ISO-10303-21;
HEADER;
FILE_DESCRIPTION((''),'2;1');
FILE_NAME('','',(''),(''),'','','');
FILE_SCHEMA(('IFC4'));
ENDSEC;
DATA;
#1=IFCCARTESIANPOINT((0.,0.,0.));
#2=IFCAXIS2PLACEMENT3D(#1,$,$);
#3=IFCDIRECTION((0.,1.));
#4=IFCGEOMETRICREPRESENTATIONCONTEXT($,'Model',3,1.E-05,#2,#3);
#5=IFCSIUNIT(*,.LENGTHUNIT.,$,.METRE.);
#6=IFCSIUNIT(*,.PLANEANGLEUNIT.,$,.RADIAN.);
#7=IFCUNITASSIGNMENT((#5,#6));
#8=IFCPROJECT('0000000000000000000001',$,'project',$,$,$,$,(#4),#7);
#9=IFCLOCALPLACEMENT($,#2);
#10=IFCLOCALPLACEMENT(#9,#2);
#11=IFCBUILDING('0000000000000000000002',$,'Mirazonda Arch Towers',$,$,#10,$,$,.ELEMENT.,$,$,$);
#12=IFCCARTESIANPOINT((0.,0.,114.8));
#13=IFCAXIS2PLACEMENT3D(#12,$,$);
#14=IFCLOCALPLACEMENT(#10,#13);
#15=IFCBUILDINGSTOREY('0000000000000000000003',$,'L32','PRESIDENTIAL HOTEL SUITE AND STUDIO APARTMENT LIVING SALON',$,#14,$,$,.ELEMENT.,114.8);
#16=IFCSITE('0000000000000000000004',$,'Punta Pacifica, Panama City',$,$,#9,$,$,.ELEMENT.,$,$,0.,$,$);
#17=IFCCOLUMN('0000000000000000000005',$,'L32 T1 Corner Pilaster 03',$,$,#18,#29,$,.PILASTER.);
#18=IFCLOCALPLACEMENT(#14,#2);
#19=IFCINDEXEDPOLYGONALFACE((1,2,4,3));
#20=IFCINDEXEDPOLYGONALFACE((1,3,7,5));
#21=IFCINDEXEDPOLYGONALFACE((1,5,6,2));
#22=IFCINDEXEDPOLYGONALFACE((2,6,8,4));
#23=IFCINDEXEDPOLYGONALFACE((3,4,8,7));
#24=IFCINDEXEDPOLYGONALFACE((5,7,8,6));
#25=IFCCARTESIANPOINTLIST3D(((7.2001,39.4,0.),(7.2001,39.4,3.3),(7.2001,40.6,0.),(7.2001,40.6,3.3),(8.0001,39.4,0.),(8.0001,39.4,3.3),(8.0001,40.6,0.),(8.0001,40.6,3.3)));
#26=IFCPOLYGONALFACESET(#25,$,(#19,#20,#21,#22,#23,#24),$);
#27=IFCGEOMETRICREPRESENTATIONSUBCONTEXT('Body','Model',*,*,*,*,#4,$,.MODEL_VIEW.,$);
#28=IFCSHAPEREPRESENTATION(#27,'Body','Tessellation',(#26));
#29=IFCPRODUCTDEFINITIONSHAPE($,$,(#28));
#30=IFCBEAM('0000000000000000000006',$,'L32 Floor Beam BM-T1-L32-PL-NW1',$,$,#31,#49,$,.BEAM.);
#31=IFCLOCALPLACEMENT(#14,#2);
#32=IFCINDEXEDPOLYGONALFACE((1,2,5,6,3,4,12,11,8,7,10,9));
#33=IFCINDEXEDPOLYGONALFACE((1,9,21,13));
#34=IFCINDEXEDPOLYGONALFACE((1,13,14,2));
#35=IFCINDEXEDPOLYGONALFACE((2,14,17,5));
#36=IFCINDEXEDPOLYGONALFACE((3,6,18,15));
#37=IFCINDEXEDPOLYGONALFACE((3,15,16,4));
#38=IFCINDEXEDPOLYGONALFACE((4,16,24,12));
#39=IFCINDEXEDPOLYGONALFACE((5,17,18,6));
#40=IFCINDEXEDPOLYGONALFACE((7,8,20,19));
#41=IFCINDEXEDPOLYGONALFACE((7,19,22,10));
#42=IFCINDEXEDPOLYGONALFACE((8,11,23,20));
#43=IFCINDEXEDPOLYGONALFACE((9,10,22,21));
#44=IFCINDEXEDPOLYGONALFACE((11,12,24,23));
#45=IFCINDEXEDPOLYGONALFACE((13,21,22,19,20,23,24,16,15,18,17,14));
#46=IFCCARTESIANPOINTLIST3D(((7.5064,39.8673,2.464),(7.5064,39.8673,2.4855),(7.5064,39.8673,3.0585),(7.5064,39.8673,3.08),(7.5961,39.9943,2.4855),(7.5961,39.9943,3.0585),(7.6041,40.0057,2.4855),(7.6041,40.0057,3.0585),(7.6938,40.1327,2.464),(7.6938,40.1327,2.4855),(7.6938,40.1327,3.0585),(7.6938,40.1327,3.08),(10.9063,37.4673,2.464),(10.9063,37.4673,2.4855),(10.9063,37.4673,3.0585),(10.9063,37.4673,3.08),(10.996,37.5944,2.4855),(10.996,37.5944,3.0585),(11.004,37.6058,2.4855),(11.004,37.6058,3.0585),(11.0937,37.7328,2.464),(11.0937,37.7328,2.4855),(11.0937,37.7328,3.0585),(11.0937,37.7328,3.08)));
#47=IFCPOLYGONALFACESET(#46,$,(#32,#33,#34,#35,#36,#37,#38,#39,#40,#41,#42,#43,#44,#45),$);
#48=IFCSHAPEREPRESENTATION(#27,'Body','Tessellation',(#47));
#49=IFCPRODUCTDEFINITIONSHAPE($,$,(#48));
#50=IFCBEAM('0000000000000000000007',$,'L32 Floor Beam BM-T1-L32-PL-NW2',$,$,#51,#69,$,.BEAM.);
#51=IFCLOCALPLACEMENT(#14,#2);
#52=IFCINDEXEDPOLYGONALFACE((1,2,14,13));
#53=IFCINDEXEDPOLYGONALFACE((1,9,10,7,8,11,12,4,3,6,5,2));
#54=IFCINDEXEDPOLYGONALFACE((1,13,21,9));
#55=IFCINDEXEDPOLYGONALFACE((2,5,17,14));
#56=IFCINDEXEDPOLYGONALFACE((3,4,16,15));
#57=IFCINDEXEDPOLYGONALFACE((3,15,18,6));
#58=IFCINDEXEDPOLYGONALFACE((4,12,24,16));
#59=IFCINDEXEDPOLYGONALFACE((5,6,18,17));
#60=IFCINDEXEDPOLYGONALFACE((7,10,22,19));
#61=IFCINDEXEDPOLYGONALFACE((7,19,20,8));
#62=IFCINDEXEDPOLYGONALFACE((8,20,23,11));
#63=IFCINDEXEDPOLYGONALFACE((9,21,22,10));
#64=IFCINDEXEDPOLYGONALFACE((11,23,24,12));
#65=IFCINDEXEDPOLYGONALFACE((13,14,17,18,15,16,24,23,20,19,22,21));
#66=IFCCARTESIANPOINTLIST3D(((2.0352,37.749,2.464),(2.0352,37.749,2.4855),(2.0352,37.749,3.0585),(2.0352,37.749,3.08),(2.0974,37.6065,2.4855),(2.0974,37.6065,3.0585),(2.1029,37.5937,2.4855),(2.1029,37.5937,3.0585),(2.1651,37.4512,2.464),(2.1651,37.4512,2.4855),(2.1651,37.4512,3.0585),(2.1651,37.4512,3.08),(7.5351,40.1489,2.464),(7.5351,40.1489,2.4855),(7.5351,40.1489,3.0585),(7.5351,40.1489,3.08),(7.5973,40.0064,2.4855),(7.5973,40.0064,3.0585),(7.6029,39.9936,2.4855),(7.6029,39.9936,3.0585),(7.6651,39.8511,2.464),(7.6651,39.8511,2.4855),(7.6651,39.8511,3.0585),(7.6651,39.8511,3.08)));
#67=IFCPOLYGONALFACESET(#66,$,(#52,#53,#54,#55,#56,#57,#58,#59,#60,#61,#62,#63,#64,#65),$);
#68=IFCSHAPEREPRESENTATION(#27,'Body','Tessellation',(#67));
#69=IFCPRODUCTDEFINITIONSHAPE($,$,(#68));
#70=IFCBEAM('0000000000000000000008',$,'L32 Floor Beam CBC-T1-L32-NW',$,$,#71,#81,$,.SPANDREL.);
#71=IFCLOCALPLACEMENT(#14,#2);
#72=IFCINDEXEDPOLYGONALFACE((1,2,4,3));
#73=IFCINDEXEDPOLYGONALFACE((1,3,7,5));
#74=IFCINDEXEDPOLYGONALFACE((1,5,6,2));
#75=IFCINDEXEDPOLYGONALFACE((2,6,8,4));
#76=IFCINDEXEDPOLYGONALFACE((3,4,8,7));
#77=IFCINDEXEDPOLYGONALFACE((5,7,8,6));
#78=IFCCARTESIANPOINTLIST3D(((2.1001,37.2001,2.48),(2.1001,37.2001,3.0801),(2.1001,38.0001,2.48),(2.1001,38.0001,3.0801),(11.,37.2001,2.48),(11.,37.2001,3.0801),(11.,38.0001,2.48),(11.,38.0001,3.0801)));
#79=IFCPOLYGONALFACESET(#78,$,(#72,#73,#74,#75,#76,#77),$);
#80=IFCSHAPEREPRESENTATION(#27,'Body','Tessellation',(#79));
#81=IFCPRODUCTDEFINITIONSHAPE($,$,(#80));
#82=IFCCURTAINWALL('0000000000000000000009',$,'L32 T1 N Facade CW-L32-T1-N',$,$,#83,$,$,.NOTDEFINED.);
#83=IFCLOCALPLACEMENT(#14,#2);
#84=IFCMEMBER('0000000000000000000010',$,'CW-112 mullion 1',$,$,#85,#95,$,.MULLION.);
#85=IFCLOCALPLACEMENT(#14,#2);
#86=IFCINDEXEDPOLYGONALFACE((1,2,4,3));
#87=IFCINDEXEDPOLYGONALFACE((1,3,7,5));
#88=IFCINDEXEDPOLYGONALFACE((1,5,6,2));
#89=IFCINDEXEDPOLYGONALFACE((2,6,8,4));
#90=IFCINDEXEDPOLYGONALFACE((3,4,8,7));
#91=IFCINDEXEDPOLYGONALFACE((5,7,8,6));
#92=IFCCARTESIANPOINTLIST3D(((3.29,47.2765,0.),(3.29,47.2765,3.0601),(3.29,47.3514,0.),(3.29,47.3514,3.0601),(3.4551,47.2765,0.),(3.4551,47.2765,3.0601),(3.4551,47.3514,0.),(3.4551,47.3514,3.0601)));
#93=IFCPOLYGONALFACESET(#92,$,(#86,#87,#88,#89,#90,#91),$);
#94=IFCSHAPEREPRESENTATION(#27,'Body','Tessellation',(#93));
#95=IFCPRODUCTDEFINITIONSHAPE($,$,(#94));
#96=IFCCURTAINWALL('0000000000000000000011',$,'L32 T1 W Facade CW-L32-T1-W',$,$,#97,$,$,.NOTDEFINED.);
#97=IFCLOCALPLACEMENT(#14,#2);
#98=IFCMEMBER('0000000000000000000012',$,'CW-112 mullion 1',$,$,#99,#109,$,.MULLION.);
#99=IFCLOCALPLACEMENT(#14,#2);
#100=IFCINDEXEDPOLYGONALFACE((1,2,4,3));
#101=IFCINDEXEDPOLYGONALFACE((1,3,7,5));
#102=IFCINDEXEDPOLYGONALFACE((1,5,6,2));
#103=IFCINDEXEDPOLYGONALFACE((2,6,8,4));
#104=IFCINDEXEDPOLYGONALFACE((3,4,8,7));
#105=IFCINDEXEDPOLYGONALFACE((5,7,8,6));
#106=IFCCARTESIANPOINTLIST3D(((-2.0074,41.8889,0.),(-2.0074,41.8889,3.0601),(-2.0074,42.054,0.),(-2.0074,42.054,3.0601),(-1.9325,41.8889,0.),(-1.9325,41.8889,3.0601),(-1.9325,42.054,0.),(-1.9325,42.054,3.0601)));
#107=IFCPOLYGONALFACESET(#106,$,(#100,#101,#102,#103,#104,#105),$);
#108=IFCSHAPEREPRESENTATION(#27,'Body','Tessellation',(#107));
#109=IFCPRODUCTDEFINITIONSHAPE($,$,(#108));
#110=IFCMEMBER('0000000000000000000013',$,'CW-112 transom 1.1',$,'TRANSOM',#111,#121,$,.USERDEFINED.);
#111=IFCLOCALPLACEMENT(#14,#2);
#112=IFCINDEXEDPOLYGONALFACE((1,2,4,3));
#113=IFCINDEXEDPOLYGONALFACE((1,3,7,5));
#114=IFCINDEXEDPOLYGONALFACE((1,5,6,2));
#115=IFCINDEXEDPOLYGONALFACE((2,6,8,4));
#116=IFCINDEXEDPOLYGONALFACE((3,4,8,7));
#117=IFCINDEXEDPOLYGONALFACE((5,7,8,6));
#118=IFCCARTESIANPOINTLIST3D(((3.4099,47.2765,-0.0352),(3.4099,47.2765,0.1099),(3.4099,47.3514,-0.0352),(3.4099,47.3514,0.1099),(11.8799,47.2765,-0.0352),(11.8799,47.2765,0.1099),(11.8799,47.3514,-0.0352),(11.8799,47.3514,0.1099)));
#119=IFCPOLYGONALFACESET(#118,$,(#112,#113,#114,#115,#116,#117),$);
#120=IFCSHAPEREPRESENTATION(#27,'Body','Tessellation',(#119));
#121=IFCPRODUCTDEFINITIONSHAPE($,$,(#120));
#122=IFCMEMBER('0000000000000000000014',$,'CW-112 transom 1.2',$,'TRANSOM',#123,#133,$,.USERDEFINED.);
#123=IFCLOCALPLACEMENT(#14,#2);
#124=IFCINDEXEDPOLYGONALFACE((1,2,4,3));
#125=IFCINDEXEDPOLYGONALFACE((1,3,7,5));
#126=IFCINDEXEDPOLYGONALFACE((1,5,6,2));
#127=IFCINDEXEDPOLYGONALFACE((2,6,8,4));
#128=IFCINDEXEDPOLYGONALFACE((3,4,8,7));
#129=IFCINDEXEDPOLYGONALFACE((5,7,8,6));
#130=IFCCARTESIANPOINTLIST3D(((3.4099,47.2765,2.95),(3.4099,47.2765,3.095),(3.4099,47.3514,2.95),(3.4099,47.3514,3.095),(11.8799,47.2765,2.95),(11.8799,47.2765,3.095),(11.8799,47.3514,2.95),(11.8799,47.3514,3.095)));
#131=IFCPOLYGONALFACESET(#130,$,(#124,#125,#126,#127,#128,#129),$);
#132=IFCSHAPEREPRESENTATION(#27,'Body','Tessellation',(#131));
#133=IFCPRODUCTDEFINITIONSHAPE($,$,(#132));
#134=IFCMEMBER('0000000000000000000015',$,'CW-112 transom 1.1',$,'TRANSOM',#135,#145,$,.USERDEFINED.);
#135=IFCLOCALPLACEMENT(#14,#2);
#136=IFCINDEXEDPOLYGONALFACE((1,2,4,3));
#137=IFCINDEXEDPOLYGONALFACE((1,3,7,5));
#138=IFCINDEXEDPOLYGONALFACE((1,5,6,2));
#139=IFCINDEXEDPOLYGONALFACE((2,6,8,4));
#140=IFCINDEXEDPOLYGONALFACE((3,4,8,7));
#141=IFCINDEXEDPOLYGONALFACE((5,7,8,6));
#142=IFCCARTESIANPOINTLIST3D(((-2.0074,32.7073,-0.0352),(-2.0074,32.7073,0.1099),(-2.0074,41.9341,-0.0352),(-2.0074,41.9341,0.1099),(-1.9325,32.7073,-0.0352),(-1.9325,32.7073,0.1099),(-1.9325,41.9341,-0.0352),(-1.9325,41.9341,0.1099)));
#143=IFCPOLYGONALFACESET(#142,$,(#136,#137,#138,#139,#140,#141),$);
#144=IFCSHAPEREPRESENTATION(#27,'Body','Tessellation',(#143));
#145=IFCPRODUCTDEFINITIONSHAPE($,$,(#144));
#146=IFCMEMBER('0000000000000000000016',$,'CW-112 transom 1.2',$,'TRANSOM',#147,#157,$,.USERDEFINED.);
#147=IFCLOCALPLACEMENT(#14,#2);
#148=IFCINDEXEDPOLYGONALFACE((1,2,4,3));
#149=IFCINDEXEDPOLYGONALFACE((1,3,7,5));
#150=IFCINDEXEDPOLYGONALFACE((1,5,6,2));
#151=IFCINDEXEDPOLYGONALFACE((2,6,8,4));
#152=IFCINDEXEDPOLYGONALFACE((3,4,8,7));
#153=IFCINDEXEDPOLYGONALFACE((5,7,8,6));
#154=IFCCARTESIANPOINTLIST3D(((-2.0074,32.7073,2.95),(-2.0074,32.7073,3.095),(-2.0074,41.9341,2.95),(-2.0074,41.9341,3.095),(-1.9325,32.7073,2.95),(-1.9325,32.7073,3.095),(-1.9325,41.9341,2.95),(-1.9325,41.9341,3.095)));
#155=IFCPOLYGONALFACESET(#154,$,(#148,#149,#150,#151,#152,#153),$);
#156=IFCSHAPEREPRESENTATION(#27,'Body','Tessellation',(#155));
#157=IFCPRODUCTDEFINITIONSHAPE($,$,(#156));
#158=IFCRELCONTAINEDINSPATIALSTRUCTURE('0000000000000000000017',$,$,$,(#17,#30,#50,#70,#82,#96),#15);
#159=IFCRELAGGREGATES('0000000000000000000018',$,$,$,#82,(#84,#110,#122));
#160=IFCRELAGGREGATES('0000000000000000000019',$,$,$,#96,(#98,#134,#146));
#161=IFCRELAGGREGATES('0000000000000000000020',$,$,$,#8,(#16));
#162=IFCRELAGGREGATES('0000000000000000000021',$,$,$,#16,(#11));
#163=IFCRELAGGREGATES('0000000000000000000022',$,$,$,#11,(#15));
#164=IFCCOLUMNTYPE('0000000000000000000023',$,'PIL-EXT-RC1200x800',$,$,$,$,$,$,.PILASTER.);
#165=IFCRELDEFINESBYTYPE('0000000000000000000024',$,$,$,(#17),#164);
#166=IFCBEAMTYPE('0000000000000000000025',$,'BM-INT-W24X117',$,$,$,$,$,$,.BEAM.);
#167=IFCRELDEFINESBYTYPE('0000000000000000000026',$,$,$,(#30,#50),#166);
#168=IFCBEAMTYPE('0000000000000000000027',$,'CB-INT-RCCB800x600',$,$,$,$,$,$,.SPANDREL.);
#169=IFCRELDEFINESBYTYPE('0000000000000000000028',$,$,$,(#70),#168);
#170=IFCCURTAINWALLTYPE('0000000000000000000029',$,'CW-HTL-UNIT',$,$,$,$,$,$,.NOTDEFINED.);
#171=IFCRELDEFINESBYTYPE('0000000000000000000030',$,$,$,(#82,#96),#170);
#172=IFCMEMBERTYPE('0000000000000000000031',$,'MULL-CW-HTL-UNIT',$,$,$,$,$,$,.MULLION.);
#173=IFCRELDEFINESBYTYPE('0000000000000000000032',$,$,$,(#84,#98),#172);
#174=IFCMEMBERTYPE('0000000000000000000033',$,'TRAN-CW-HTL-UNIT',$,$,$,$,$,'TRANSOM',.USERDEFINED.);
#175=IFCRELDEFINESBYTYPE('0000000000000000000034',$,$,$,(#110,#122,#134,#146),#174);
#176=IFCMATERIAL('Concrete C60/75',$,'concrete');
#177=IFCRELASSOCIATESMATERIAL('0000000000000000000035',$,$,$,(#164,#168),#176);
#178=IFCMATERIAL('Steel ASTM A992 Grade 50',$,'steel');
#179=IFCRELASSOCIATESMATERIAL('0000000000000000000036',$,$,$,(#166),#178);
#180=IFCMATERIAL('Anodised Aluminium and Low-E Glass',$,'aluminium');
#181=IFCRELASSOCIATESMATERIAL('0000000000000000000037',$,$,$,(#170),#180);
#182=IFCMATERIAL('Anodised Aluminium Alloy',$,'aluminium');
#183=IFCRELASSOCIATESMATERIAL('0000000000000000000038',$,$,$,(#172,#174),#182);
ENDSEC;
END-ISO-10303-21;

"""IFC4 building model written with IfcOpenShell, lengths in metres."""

from ifc_helpers import new_model, si_unit, direction, frame, origin, origin_2d, place, context, subcontext, project, spatial, rectangle, i_section, extrude, material, material_profile, profile_set, type_object, element, aggregate, save


model = new_model("IFC4")

# Units and contexts
model_context = context("Model", 3, precision=1e-05, world=origin(), true_north=direction((0.0, 1.0)))
body_context = subcontext(model_context, "Body", "Model", "MODEL_VIEW")
ifc_project = project(units=[si_unit("LENGTHUNIT", "METRE"), si_unit("PLANEANGLEUNIT", "RADIAN")], contexts=[model_context])

# Site, building, storey
site_placement = place(None, origin())
site = spatial("IfcSite", under=ifc_project, at=site_placement, Name="Punta Pacifica, Panama City", CompositionType="ELEMENT", RefElevation=0.0)
building_placement = place(site_placement, origin())
building = spatial("IfcBuilding", under=site, at=building_placement, Name="Mirazonda Arch Towers", CompositionType="ELEMENT")
storey_placement = place(building_placement, frame((0.0, 0.0, 114.8)))
storey = spatial("IfcBuildingStorey", under=building, at=storey_placement, Name="L32", Description="PRESIDENTIAL HOTEL SUITE AND STUDIO APARTMENT LIVING SALON", CompositionType="ELEMENT", Elevation=114.8)

# Column
ifc_material_1 = material(Name="Concrete C60/75", Category="concrete")
ifc_material_profile_1 = material_profile(ifc_material_1, rectangle(XDim=0.8, YDim=1.2, at=origin_2d()), Name="RC1200x800")
ifc_profile_set_1 = profile_set([ifc_material_profile_1], Name="Concrete C60/75")
column_type = type_object("IfcColumnType", Name="PIL-EXT-RC1200x800", PredefinedType="PILASTER", material=ifc_profile_set_1)
column_placement = place(storey_placement, frame((7.6001, 40.0, 0.0), z_axis=(0.0, 0.0, 1.0), x_axis=(1.0, 0.0, 0.0)))
element("IfcColumn", 1, at=column_placement, inside=storey, type_object=column_type, Name="L32 T1 Corner Pilaster 03", PredefinedType="PILASTER", context=body_context, shape_type="SweptSolid", body=[
    extrude(rectangle(XDim=0.8, YDim=1.2, at=origin_2d()), origin(), (0.0, 0.0, 1.0), 3.3),
])

# Beams
ifc_material_2 = material(Name="Steel ASTM A992 Grade 50", Category="steel")
ifc_material_profile_2 = material_profile(ifc_material_2, i_section(OverallWidth=0.325, OverallDepth=0.616, WebThickness=0.0139, FlangeThickness=0.0215, at=origin_2d()), Name="W24X117")
ifc_profile_set_2 = profile_set([ifc_material_profile_2], Name="Steel ASTM A992 Grade 50")
beam_type_1 = type_object("IfcBeamType", Name="BM-INT-W24X117", PredefinedType="BEAM", material=ifc_profile_set_2)
beam_1_placement = place(storey_placement, frame((7.6001, 40.0, 2.772), z_axis=(0.816971, -0.576679, 0.0), x_axis=(0.576679, 0.816971, 0.0)))
element("IfcBeam", 2, at=beam_1_placement, inside=storey, type_object=beam_type_1, Name="L32 Floor Beam BM-T1-L32-PL-NW1", PredefinedType="BEAM", context=body_context, shape_type="SweptSolid", body=[
    extrude(i_section(OverallWidth=0.325, OverallDepth=0.616, WebThickness=0.0139, FlangeThickness=0.0215, at=origin_2d()), origin(), (0.0, 0.0, 1.0), 4.1616),
])
beam_2_placement = place(storey_placement, frame((7.6001, 40.0, 2.772), z_axis=(-0.916545, -0.399931, 0.0), x_axis=(0.399931, -0.916545, 0.0)))
element("IfcBeam", 3, at=beam_2_placement, inside=storey, type_object=beam_type_1, Name="L32 Floor Beam BM-T1-L32-PL-NW2", PredefinedType="BEAM", context=body_context, shape_type="SweptSolid", body=[
    extrude(i_section(OverallWidth=0.325, OverallDepth=0.616, WebThickness=0.0139, FlangeThickness=0.0215, at=origin_2d()), origin(), (0.0, 0.0, 1.0), 6.0007),
])
ifc_material_profile_3 = material_profile(ifc_material_1, rectangle(XDim=0.8, YDim=0.6001, at=origin_2d()), Name="RCCB800x600")
ifc_profile_set_3 = profile_set([ifc_material_profile_3], Name="Concrete C60/75")
beam_type_2 = type_object("IfcBeamType", Name="CB-INT-RCCB800x600", PredefinedType="SPANDREL", material=ifc_profile_set_3)
beam_3_placement = place(storey_placement, frame((2.1001, 37.6001, 2.78), z_axis=(1.0, 0.0, 0.0), x_axis=(0.0, 1.0, 0.0)))
element("IfcBeam", 4, at=beam_3_placement, inside=storey, type_object=beam_type_2, Name="L32 Floor Beam CBC-T1-L32-NW", PredefinedType="SPANDREL", context=body_context, shape_type="SweptSolid", body=[
    extrude(rectangle(XDim=0.8, YDim=0.6001, at=origin_2d()), origin(), (0.0, 0.0, 1.0), 8.8999),
])

# Curtain walls, members
ifc_material_3 = material(Name="Anodised Aluminium and Low-E Glass", Category="aluminium")
curtain_wall_type = type_object("IfcCurtainWallType", Name="CW-HTL-UNIT", PredefinedType="NOTDEFINED", material=ifc_material_3)
curtain_wall_1_placement = place(storey_placement, origin())
curtain_wall_1 = element("IfcCurtainWall", 5, at=curtain_wall_1_placement, inside=storey, type_object=curtain_wall_type, Name="L32 T1 N Facade CW-L32-T1-N", PredefinedType="NOTDEFINED")
ifc_material_4 = material(Name="Anodised Aluminium Alloy", Category="aluminium")
ifc_material_profile_4 = material_profile(ifc_material_4, rectangle(XDim=0.075, YDim=0.165, at=origin_2d()), Name="ALU-MULL-75x165")
ifc_profile_set_4 = profile_set([ifc_material_profile_4], Name="Anodised Aluminium Alloy")
member_type_1 = type_object("IfcMemberType", Name="MULL-CW-HTL-UNIT", PredefinedType="MULLION", material=ifc_profile_set_4)
member_1_placement = place(storey_placement, frame((3.3726, 47.314, 0.0), z_axis=(0.0, 0.0, 1.0), x_axis=(0.0, 1.0, 0.0)))
member_1 = element("IfcMember", 6, at=member_1_placement, type_object=member_type_1, Name="CW-112 mullion 1", PredefinedType="MULLION", context=body_context, shape_type="SweptSolid", body=[
    extrude(rectangle(XDim=0.075, YDim=0.165, at=origin_2d()), origin(), (0.0, 0.0, 1.0), 3.0601),
])
curtain_wall_2_placement = place(storey_placement, origin())
curtain_wall_2 = element("IfcCurtainWall", 7, at=curtain_wall_2_placement, inside=storey, type_object=curtain_wall_type, Name="L32 T1 W Facade CW-L32-T1-W", PredefinedType="NOTDEFINED")
member_2_placement = place(storey_placement, frame((-1.97, 41.9714, 0.0), z_axis=(0.0, 0.0, 1.0), x_axis=(1.0, 0.0, 0.0)))
member_2 = element("IfcMember", 8, at=member_2_placement, type_object=member_type_1, Name="CW-112 mullion 1", PredefinedType="MULLION", context=body_context, shape_type="SweptSolid", body=[
    extrude(rectangle(XDim=0.075, YDim=0.165, at=origin_2d()), origin(), (0.0, 0.0, 1.0), 3.0601),
])

# Members
ifc_material_profile_5 = material_profile(ifc_material_4, rectangle(XDim=0.075, YDim=0.145, at=origin_2d()), Name="ALU-TRAN-75x145")
ifc_profile_set_5 = profile_set([ifc_material_profile_5], Name="Anodised Aluminium Alloy")
member_type_2 = type_object("IfcMemberType", Name="TRAN-CW-HTL-UNIT", ElementType="TRANSOM", PredefinedType="USERDEFINED", material=ifc_profile_set_5)
member_3_placement = place(storey_placement, frame((3.4099, 47.314, 0.0374), z_axis=(1.0, 0.0, 0.0), x_axis=(0.0, 1.0, 0.0)))
member_3 = element("IfcMember", 9, at=member_3_placement, type_object=member_type_2, Name="CW-112 transom 1.1", ObjectType="TRANSOM", PredefinedType="USERDEFINED", context=body_context, shape_type="SweptSolid", body=[
    extrude(rectangle(XDim=0.075, YDim=0.145, at=origin_2d()), origin(), (0.0, 0.0, 1.0), 8.47),
])
member_4_placement = place(storey_placement, frame((3.4099, 47.314, 3.0225), z_axis=(1.0, 0.0, 0.0), x_axis=(0.0, 1.0, 0.0)))
member_4 = element("IfcMember", 10, at=member_4_placement, type_object=member_type_2, Name="CW-112 transom 1.2", ObjectType="TRANSOM", PredefinedType="USERDEFINED", context=body_context, shape_type="SweptSolid", body=[
    extrude(rectangle(XDim=0.075, YDim=0.145, at=origin_2d()), origin(), (0.0, 0.0, 1.0), 8.47),
])
aggregate(curtain_wall_1, [member_1, member_3, member_4])
member_5_placement = place(storey_placement, frame((-1.97, 41.9341, 0.0374), z_axis=(0.0, -1.0, 0.0), x_axis=(1.0, 0.0, 0.0)))
member_5 = element("IfcMember", 11, at=member_5_placement, type_object=member_type_2, Name="CW-112 transom 1.1", ObjectType="TRANSOM", PredefinedType="USERDEFINED", context=body_context, shape_type="SweptSolid", body=[
    extrude(rectangle(XDim=0.075, YDim=0.145, at=origin_2d()), origin(), (0.0, 0.0, 1.0), 9.2268),
])
member_6_placement = place(storey_placement, frame((-1.97, 41.9341, 3.0225), z_axis=(0.0, -1.0, 0.0), x_axis=(1.0, 0.0, 0.0)))
member_6 = element("IfcMember", 12, at=member_6_placement, type_object=member_type_2, Name="CW-112 transom 1.2", ObjectType="TRANSOM", PredefinedType="USERDEFINED", context=body_context, shape_type="SweptSolid", body=[
    extrude(rectangle(XDim=0.075, YDim=0.145, at=origin_2d()), origin(), (0.0, 0.0, 1.0), 9.2268),
])
aggregate(curtain_wall_2, [member_2, member_5, member_6])

save(model, "model.ifc")
